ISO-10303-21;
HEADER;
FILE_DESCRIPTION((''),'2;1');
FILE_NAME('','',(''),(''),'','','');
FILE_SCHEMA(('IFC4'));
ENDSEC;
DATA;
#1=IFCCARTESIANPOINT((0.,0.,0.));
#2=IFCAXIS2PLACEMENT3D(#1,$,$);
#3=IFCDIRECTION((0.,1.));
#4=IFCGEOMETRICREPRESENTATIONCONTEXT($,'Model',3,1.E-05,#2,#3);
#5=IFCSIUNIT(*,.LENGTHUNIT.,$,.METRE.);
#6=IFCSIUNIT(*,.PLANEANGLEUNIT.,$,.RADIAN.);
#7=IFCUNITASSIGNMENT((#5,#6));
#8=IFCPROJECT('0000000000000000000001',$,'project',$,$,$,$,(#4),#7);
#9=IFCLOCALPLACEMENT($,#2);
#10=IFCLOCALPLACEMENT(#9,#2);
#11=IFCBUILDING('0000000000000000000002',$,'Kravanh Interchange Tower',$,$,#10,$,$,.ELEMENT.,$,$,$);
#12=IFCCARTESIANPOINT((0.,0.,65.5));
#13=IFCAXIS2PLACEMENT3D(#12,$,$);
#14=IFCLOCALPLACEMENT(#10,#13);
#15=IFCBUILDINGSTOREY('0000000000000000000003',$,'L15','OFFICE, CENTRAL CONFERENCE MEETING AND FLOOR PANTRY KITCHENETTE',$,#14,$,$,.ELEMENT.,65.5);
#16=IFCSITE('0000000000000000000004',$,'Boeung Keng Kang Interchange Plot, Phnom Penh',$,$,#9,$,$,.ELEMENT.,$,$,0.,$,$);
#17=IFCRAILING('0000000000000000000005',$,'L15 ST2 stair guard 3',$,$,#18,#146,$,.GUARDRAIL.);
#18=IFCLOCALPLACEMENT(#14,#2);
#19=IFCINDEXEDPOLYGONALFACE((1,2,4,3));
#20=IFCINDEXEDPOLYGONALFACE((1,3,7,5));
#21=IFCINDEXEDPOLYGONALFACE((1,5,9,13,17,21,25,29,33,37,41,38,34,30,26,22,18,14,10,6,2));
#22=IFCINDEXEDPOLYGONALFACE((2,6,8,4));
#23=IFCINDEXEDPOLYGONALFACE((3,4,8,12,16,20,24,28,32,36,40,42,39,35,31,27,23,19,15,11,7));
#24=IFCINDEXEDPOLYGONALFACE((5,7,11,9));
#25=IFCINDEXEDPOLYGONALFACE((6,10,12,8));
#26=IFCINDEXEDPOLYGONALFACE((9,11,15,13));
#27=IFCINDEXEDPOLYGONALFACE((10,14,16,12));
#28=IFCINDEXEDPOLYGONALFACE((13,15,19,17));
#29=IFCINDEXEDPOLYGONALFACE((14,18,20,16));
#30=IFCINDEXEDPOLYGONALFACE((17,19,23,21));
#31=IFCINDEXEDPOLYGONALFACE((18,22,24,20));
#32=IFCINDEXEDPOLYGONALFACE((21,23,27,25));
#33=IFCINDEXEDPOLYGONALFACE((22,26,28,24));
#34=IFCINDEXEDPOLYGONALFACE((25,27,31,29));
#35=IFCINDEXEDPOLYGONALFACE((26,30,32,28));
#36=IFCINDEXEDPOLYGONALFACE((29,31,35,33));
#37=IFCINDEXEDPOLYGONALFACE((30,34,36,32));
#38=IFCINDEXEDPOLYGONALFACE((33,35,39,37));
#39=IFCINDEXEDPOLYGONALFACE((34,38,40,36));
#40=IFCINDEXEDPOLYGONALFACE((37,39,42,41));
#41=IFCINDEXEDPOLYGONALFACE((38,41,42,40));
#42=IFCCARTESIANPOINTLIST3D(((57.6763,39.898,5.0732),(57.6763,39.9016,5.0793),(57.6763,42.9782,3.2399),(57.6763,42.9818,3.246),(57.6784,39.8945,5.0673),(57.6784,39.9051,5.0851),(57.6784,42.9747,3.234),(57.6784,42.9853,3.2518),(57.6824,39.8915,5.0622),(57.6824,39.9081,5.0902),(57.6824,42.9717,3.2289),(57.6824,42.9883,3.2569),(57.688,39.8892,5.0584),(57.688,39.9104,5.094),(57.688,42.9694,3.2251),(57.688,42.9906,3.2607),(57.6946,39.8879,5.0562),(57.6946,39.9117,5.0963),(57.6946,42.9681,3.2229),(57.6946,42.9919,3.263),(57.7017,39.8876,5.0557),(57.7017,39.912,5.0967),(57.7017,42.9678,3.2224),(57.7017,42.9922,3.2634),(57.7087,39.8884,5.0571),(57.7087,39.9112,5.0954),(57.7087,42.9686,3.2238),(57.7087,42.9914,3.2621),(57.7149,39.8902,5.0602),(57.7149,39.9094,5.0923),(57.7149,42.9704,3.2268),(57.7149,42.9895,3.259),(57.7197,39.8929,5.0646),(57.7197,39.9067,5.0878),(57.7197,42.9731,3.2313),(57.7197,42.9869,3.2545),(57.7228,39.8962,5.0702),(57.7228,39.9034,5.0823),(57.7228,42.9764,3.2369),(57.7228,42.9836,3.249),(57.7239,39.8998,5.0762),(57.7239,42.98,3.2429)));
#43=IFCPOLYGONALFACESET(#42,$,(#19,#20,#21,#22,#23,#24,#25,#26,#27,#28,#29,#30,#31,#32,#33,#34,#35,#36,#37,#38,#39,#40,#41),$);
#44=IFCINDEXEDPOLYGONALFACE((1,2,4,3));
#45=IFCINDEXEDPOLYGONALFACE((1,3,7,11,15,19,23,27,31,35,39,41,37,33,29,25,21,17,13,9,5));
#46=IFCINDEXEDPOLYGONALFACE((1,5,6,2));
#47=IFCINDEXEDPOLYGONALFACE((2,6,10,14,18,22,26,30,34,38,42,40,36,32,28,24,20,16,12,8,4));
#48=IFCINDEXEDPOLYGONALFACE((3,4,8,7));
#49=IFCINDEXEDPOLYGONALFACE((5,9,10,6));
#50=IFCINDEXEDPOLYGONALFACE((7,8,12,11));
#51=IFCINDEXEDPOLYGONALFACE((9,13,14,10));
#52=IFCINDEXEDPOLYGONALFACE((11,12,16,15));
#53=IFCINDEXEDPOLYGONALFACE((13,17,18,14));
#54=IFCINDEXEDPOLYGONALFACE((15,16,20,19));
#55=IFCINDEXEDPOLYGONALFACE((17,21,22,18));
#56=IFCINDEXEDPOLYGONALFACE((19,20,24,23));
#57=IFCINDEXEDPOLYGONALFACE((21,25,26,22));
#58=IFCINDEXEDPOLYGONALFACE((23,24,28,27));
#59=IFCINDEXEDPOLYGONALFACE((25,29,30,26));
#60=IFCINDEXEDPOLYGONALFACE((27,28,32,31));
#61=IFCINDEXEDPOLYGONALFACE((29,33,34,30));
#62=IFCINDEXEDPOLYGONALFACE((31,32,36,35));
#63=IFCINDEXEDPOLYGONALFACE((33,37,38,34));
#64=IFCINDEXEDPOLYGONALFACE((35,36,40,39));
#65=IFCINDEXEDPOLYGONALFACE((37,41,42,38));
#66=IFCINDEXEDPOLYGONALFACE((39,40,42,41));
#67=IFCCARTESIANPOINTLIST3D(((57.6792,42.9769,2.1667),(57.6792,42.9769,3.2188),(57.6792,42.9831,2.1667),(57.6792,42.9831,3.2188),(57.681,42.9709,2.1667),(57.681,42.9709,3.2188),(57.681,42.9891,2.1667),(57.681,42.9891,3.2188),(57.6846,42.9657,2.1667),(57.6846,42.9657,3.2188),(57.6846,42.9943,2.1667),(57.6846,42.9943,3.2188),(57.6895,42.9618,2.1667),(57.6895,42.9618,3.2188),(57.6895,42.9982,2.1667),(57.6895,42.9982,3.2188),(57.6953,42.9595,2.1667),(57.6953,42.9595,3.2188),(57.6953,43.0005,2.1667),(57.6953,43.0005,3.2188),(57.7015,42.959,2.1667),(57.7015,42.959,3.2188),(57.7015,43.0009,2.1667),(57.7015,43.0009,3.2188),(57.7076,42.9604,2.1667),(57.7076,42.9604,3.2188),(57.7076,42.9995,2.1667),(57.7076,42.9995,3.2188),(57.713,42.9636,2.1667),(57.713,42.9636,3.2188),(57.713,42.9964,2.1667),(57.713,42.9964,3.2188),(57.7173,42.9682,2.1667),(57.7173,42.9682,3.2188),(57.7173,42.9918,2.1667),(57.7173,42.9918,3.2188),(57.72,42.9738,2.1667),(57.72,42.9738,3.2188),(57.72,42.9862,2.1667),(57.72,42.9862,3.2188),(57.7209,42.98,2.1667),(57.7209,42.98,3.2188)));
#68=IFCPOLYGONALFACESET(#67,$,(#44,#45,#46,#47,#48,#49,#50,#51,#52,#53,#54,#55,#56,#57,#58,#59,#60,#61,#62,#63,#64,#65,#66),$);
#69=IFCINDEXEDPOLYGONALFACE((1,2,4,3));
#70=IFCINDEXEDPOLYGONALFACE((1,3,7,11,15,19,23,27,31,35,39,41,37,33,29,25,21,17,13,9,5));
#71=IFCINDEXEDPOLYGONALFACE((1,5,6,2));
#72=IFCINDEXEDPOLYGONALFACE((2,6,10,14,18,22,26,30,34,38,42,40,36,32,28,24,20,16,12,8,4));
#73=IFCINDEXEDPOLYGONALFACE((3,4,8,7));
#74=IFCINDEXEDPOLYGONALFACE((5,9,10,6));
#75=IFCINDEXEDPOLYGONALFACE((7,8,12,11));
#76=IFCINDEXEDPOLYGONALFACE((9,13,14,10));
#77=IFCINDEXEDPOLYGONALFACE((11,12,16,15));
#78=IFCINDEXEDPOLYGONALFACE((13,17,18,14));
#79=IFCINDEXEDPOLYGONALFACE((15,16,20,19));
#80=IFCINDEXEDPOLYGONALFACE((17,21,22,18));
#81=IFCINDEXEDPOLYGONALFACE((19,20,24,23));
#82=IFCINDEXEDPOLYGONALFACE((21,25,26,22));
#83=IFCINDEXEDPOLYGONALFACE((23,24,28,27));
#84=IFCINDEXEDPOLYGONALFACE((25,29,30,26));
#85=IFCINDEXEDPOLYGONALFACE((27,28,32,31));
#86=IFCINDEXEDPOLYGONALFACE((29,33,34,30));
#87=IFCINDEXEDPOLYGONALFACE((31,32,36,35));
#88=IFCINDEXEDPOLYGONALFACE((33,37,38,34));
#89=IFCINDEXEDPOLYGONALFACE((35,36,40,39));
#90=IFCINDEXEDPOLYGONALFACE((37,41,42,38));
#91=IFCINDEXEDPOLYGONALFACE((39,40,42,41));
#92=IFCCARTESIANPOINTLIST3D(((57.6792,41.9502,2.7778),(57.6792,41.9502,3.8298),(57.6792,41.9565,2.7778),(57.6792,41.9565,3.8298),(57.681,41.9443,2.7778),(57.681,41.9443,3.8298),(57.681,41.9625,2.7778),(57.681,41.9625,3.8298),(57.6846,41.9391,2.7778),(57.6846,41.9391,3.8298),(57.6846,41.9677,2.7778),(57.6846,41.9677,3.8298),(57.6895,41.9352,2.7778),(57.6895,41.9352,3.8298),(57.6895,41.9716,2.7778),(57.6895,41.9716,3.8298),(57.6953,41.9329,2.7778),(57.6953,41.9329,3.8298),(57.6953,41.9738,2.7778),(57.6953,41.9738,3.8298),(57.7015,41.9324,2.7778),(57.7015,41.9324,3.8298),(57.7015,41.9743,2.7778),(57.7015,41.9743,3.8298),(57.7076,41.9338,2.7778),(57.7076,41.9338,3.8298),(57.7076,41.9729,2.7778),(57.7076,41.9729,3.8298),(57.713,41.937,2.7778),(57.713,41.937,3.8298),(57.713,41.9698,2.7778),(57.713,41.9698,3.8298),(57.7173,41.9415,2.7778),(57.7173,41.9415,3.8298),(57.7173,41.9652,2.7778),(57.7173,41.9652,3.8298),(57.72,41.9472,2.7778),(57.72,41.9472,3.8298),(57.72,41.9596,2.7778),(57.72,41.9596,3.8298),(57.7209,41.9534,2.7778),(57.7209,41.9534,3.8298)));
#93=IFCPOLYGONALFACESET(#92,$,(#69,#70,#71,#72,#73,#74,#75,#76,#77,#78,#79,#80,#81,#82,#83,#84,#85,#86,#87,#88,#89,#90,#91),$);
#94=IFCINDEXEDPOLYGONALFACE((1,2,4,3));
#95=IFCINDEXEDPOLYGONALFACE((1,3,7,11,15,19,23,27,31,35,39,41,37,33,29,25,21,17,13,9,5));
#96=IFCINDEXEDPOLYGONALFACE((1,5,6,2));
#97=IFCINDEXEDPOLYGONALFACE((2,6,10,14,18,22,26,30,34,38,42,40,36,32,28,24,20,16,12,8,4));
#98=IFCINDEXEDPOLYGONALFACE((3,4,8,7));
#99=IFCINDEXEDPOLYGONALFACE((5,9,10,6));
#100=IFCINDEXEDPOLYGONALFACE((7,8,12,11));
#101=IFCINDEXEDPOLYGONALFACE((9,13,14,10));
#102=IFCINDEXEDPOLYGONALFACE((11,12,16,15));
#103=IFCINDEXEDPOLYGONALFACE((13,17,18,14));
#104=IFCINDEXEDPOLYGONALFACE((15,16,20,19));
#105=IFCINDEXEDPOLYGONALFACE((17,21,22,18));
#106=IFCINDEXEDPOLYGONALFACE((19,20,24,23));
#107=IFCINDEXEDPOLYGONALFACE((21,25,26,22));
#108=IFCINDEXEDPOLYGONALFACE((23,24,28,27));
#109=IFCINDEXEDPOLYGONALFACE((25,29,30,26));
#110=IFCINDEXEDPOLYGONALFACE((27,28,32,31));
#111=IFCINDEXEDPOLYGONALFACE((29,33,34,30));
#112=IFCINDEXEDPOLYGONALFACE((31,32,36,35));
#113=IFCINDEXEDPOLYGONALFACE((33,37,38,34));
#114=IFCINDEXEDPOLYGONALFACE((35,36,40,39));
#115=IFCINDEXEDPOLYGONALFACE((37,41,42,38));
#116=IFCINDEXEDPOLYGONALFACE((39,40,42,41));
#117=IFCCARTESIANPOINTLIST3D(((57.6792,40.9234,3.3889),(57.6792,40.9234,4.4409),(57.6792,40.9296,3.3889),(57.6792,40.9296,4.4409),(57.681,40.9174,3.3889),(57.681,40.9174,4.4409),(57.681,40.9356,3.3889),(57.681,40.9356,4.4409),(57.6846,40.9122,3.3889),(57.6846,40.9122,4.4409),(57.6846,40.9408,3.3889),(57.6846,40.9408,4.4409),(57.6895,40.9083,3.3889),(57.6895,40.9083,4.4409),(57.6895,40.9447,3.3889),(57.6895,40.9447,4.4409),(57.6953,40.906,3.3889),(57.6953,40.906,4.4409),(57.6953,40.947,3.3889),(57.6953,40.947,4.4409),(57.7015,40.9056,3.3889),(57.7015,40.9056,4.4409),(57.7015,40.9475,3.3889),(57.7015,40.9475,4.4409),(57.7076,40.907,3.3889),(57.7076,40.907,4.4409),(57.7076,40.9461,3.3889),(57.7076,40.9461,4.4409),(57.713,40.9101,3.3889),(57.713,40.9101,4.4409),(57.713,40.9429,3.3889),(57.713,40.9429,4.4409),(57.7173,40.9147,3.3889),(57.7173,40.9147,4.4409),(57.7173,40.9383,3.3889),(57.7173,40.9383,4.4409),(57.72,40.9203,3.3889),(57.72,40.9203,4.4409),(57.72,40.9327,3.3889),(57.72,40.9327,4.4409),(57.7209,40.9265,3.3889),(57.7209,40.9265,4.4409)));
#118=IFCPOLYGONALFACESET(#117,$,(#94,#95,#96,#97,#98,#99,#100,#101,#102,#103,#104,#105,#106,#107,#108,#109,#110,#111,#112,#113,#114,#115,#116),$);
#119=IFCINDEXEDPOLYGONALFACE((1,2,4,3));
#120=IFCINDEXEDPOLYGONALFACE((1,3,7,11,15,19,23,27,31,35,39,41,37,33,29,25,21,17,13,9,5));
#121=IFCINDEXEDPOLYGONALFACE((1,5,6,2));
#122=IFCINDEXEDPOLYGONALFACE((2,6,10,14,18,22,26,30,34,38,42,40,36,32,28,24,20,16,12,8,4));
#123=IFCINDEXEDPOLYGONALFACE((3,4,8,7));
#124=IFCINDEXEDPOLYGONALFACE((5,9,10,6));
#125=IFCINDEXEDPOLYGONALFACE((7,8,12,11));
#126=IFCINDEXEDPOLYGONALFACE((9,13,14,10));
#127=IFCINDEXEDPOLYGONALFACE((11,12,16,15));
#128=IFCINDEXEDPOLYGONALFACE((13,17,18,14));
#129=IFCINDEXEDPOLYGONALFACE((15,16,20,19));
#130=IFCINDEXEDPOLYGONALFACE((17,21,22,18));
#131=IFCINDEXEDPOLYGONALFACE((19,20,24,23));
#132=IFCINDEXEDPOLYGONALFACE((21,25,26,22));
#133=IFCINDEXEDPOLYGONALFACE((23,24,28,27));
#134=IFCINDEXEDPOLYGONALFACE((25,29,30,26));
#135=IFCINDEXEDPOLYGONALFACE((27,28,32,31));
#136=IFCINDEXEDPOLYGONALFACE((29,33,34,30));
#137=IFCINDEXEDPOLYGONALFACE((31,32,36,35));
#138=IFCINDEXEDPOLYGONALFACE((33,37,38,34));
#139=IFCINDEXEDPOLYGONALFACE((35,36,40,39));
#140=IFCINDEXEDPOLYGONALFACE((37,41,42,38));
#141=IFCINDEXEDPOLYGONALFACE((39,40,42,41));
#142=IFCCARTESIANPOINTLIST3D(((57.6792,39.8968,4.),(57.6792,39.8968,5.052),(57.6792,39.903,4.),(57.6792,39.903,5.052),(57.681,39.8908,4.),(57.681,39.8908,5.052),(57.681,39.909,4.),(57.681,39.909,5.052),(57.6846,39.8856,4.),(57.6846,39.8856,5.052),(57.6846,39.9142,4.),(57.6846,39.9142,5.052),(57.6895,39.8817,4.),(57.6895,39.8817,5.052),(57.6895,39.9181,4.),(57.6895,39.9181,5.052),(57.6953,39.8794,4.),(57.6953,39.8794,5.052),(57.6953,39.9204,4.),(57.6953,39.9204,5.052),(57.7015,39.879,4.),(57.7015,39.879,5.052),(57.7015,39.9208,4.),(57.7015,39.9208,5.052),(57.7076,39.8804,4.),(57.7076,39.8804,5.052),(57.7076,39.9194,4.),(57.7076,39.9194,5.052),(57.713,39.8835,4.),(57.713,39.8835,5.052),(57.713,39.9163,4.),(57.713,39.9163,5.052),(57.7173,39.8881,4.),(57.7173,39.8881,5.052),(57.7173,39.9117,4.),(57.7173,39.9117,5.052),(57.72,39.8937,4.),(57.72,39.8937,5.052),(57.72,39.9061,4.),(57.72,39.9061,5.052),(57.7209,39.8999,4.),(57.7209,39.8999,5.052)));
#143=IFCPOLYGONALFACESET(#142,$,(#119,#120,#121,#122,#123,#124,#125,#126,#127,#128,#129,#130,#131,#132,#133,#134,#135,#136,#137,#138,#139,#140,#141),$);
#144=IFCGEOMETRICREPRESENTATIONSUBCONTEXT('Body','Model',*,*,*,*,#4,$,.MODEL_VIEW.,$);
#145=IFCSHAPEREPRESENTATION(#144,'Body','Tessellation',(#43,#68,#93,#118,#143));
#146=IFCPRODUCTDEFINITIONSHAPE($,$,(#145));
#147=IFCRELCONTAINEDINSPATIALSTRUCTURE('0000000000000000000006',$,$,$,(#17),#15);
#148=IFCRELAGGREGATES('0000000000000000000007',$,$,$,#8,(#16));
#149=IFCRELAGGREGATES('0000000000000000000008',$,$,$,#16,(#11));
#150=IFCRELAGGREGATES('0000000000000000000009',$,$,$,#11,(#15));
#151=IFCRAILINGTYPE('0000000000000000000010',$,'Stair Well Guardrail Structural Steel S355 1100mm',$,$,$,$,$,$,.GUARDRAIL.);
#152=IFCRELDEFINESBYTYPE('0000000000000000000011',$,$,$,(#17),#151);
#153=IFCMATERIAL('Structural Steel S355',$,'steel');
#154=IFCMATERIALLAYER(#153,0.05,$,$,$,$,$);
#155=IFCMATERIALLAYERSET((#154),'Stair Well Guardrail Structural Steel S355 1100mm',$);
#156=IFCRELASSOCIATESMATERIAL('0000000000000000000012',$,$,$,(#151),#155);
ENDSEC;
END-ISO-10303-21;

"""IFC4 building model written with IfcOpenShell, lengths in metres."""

from ifc_helpers import new_model, si_unit, direction, frame, origin, origin_2d, place, context, subcontext, project, spatial, circle, extrude, material, layer, layer_set, type_object, element, save


model = new_model("IFC4")

# Units and contexts
model_context = context("Model", 3, precision=1e-05, world=origin(), true_north=direction((0.0, 1.0)))
body_context = subcontext(model_context, "Body", "Model", "MODEL_VIEW")
ifc_project = project(units=[si_unit("LENGTHUNIT", "METRE"), si_unit("PLANEANGLEUNIT", "RADIAN")], contexts=[model_context])

# Site, building, storey
site_placement = place(None, origin())
site = spatial("IfcSite", under=ifc_project, at=site_placement, Name="Boeung Keng Kang Interchange Plot, Phnom Penh", CompositionType="ELEMENT", RefElevation=0.0)
building_placement = place(site_placement, origin())
building = spatial("IfcBuilding", under=site, at=building_placement, Name="Kravanh Interchange Tower", CompositionType="ELEMENT")
storey_placement = place(building_placement, frame((0.0, 0.0, 65.5)))
storey = spatial("IfcBuildingStorey", under=building, at=storey_placement, Name="L15", Description="OFFICE, CENTRAL CONFERENCE MEETING AND FLOOR PANTRY KITCHENETTE", CompositionType="ELEMENT", Elevation=65.5)

# Railing
ifc_material_1 = material(Name="Structural Steel S355", Category="steel")
ifc_layer_1 = layer(ifc_material_1, 0.05)
ifc_layer_set_1 = layer_set([ifc_layer_1], Name="Stair Well Guardrail Structural Steel S355 1100mm")
railing_type_1 = type_object("IfcRailingType", Name="Stair Well Guardrail Structural Steel S355 1100mm", PredefinedType="GUARDRAIL", material=ifc_layer_set_1)
railing_1_placement = place(storey_placement, frame((57.7, 42.98, 2.1667)))
element("IfcRailing", 1, at=railing_1_placement, inside=storey, type_object=railing_type_1, Name="L15 ST2 stair guard 3", PredefinedType="GUARDRAIL", context=body_context, shape_type="SweptSolid", body=[
    extrude(circle(Radius=0.0239, at=origin_2d()), frame((0.0, 0.0, 1.0762), z_axis=(0.0, -0.859309, 0.511458), x_axis=(1.0, 0.0, 0.0)), (0.0, 0.0, 1.0), 3.5845),
    extrude(circle(Radius=0.021, at=origin_2d()), origin(), (0.0, 0.0, 1.0), 1.052),
    extrude(circle(Radius=0.021, at=origin_2d()), frame((0.0, -1.0266, 0.6111)), (0.0, 0.0, 1.0), 1.052),
    extrude(circle(Radius=0.021, at=origin_2d()), frame((0.0, -2.0535, 1.2222)), (0.0, 0.0, 1.0), 1.052),
    extrude(circle(Radius=0.021, at=origin_2d()), frame((0.0, -3.0801, 1.8333)), (0.0, 0.0, 1.0), 1.052),
])

save(model, "model.ifc")
